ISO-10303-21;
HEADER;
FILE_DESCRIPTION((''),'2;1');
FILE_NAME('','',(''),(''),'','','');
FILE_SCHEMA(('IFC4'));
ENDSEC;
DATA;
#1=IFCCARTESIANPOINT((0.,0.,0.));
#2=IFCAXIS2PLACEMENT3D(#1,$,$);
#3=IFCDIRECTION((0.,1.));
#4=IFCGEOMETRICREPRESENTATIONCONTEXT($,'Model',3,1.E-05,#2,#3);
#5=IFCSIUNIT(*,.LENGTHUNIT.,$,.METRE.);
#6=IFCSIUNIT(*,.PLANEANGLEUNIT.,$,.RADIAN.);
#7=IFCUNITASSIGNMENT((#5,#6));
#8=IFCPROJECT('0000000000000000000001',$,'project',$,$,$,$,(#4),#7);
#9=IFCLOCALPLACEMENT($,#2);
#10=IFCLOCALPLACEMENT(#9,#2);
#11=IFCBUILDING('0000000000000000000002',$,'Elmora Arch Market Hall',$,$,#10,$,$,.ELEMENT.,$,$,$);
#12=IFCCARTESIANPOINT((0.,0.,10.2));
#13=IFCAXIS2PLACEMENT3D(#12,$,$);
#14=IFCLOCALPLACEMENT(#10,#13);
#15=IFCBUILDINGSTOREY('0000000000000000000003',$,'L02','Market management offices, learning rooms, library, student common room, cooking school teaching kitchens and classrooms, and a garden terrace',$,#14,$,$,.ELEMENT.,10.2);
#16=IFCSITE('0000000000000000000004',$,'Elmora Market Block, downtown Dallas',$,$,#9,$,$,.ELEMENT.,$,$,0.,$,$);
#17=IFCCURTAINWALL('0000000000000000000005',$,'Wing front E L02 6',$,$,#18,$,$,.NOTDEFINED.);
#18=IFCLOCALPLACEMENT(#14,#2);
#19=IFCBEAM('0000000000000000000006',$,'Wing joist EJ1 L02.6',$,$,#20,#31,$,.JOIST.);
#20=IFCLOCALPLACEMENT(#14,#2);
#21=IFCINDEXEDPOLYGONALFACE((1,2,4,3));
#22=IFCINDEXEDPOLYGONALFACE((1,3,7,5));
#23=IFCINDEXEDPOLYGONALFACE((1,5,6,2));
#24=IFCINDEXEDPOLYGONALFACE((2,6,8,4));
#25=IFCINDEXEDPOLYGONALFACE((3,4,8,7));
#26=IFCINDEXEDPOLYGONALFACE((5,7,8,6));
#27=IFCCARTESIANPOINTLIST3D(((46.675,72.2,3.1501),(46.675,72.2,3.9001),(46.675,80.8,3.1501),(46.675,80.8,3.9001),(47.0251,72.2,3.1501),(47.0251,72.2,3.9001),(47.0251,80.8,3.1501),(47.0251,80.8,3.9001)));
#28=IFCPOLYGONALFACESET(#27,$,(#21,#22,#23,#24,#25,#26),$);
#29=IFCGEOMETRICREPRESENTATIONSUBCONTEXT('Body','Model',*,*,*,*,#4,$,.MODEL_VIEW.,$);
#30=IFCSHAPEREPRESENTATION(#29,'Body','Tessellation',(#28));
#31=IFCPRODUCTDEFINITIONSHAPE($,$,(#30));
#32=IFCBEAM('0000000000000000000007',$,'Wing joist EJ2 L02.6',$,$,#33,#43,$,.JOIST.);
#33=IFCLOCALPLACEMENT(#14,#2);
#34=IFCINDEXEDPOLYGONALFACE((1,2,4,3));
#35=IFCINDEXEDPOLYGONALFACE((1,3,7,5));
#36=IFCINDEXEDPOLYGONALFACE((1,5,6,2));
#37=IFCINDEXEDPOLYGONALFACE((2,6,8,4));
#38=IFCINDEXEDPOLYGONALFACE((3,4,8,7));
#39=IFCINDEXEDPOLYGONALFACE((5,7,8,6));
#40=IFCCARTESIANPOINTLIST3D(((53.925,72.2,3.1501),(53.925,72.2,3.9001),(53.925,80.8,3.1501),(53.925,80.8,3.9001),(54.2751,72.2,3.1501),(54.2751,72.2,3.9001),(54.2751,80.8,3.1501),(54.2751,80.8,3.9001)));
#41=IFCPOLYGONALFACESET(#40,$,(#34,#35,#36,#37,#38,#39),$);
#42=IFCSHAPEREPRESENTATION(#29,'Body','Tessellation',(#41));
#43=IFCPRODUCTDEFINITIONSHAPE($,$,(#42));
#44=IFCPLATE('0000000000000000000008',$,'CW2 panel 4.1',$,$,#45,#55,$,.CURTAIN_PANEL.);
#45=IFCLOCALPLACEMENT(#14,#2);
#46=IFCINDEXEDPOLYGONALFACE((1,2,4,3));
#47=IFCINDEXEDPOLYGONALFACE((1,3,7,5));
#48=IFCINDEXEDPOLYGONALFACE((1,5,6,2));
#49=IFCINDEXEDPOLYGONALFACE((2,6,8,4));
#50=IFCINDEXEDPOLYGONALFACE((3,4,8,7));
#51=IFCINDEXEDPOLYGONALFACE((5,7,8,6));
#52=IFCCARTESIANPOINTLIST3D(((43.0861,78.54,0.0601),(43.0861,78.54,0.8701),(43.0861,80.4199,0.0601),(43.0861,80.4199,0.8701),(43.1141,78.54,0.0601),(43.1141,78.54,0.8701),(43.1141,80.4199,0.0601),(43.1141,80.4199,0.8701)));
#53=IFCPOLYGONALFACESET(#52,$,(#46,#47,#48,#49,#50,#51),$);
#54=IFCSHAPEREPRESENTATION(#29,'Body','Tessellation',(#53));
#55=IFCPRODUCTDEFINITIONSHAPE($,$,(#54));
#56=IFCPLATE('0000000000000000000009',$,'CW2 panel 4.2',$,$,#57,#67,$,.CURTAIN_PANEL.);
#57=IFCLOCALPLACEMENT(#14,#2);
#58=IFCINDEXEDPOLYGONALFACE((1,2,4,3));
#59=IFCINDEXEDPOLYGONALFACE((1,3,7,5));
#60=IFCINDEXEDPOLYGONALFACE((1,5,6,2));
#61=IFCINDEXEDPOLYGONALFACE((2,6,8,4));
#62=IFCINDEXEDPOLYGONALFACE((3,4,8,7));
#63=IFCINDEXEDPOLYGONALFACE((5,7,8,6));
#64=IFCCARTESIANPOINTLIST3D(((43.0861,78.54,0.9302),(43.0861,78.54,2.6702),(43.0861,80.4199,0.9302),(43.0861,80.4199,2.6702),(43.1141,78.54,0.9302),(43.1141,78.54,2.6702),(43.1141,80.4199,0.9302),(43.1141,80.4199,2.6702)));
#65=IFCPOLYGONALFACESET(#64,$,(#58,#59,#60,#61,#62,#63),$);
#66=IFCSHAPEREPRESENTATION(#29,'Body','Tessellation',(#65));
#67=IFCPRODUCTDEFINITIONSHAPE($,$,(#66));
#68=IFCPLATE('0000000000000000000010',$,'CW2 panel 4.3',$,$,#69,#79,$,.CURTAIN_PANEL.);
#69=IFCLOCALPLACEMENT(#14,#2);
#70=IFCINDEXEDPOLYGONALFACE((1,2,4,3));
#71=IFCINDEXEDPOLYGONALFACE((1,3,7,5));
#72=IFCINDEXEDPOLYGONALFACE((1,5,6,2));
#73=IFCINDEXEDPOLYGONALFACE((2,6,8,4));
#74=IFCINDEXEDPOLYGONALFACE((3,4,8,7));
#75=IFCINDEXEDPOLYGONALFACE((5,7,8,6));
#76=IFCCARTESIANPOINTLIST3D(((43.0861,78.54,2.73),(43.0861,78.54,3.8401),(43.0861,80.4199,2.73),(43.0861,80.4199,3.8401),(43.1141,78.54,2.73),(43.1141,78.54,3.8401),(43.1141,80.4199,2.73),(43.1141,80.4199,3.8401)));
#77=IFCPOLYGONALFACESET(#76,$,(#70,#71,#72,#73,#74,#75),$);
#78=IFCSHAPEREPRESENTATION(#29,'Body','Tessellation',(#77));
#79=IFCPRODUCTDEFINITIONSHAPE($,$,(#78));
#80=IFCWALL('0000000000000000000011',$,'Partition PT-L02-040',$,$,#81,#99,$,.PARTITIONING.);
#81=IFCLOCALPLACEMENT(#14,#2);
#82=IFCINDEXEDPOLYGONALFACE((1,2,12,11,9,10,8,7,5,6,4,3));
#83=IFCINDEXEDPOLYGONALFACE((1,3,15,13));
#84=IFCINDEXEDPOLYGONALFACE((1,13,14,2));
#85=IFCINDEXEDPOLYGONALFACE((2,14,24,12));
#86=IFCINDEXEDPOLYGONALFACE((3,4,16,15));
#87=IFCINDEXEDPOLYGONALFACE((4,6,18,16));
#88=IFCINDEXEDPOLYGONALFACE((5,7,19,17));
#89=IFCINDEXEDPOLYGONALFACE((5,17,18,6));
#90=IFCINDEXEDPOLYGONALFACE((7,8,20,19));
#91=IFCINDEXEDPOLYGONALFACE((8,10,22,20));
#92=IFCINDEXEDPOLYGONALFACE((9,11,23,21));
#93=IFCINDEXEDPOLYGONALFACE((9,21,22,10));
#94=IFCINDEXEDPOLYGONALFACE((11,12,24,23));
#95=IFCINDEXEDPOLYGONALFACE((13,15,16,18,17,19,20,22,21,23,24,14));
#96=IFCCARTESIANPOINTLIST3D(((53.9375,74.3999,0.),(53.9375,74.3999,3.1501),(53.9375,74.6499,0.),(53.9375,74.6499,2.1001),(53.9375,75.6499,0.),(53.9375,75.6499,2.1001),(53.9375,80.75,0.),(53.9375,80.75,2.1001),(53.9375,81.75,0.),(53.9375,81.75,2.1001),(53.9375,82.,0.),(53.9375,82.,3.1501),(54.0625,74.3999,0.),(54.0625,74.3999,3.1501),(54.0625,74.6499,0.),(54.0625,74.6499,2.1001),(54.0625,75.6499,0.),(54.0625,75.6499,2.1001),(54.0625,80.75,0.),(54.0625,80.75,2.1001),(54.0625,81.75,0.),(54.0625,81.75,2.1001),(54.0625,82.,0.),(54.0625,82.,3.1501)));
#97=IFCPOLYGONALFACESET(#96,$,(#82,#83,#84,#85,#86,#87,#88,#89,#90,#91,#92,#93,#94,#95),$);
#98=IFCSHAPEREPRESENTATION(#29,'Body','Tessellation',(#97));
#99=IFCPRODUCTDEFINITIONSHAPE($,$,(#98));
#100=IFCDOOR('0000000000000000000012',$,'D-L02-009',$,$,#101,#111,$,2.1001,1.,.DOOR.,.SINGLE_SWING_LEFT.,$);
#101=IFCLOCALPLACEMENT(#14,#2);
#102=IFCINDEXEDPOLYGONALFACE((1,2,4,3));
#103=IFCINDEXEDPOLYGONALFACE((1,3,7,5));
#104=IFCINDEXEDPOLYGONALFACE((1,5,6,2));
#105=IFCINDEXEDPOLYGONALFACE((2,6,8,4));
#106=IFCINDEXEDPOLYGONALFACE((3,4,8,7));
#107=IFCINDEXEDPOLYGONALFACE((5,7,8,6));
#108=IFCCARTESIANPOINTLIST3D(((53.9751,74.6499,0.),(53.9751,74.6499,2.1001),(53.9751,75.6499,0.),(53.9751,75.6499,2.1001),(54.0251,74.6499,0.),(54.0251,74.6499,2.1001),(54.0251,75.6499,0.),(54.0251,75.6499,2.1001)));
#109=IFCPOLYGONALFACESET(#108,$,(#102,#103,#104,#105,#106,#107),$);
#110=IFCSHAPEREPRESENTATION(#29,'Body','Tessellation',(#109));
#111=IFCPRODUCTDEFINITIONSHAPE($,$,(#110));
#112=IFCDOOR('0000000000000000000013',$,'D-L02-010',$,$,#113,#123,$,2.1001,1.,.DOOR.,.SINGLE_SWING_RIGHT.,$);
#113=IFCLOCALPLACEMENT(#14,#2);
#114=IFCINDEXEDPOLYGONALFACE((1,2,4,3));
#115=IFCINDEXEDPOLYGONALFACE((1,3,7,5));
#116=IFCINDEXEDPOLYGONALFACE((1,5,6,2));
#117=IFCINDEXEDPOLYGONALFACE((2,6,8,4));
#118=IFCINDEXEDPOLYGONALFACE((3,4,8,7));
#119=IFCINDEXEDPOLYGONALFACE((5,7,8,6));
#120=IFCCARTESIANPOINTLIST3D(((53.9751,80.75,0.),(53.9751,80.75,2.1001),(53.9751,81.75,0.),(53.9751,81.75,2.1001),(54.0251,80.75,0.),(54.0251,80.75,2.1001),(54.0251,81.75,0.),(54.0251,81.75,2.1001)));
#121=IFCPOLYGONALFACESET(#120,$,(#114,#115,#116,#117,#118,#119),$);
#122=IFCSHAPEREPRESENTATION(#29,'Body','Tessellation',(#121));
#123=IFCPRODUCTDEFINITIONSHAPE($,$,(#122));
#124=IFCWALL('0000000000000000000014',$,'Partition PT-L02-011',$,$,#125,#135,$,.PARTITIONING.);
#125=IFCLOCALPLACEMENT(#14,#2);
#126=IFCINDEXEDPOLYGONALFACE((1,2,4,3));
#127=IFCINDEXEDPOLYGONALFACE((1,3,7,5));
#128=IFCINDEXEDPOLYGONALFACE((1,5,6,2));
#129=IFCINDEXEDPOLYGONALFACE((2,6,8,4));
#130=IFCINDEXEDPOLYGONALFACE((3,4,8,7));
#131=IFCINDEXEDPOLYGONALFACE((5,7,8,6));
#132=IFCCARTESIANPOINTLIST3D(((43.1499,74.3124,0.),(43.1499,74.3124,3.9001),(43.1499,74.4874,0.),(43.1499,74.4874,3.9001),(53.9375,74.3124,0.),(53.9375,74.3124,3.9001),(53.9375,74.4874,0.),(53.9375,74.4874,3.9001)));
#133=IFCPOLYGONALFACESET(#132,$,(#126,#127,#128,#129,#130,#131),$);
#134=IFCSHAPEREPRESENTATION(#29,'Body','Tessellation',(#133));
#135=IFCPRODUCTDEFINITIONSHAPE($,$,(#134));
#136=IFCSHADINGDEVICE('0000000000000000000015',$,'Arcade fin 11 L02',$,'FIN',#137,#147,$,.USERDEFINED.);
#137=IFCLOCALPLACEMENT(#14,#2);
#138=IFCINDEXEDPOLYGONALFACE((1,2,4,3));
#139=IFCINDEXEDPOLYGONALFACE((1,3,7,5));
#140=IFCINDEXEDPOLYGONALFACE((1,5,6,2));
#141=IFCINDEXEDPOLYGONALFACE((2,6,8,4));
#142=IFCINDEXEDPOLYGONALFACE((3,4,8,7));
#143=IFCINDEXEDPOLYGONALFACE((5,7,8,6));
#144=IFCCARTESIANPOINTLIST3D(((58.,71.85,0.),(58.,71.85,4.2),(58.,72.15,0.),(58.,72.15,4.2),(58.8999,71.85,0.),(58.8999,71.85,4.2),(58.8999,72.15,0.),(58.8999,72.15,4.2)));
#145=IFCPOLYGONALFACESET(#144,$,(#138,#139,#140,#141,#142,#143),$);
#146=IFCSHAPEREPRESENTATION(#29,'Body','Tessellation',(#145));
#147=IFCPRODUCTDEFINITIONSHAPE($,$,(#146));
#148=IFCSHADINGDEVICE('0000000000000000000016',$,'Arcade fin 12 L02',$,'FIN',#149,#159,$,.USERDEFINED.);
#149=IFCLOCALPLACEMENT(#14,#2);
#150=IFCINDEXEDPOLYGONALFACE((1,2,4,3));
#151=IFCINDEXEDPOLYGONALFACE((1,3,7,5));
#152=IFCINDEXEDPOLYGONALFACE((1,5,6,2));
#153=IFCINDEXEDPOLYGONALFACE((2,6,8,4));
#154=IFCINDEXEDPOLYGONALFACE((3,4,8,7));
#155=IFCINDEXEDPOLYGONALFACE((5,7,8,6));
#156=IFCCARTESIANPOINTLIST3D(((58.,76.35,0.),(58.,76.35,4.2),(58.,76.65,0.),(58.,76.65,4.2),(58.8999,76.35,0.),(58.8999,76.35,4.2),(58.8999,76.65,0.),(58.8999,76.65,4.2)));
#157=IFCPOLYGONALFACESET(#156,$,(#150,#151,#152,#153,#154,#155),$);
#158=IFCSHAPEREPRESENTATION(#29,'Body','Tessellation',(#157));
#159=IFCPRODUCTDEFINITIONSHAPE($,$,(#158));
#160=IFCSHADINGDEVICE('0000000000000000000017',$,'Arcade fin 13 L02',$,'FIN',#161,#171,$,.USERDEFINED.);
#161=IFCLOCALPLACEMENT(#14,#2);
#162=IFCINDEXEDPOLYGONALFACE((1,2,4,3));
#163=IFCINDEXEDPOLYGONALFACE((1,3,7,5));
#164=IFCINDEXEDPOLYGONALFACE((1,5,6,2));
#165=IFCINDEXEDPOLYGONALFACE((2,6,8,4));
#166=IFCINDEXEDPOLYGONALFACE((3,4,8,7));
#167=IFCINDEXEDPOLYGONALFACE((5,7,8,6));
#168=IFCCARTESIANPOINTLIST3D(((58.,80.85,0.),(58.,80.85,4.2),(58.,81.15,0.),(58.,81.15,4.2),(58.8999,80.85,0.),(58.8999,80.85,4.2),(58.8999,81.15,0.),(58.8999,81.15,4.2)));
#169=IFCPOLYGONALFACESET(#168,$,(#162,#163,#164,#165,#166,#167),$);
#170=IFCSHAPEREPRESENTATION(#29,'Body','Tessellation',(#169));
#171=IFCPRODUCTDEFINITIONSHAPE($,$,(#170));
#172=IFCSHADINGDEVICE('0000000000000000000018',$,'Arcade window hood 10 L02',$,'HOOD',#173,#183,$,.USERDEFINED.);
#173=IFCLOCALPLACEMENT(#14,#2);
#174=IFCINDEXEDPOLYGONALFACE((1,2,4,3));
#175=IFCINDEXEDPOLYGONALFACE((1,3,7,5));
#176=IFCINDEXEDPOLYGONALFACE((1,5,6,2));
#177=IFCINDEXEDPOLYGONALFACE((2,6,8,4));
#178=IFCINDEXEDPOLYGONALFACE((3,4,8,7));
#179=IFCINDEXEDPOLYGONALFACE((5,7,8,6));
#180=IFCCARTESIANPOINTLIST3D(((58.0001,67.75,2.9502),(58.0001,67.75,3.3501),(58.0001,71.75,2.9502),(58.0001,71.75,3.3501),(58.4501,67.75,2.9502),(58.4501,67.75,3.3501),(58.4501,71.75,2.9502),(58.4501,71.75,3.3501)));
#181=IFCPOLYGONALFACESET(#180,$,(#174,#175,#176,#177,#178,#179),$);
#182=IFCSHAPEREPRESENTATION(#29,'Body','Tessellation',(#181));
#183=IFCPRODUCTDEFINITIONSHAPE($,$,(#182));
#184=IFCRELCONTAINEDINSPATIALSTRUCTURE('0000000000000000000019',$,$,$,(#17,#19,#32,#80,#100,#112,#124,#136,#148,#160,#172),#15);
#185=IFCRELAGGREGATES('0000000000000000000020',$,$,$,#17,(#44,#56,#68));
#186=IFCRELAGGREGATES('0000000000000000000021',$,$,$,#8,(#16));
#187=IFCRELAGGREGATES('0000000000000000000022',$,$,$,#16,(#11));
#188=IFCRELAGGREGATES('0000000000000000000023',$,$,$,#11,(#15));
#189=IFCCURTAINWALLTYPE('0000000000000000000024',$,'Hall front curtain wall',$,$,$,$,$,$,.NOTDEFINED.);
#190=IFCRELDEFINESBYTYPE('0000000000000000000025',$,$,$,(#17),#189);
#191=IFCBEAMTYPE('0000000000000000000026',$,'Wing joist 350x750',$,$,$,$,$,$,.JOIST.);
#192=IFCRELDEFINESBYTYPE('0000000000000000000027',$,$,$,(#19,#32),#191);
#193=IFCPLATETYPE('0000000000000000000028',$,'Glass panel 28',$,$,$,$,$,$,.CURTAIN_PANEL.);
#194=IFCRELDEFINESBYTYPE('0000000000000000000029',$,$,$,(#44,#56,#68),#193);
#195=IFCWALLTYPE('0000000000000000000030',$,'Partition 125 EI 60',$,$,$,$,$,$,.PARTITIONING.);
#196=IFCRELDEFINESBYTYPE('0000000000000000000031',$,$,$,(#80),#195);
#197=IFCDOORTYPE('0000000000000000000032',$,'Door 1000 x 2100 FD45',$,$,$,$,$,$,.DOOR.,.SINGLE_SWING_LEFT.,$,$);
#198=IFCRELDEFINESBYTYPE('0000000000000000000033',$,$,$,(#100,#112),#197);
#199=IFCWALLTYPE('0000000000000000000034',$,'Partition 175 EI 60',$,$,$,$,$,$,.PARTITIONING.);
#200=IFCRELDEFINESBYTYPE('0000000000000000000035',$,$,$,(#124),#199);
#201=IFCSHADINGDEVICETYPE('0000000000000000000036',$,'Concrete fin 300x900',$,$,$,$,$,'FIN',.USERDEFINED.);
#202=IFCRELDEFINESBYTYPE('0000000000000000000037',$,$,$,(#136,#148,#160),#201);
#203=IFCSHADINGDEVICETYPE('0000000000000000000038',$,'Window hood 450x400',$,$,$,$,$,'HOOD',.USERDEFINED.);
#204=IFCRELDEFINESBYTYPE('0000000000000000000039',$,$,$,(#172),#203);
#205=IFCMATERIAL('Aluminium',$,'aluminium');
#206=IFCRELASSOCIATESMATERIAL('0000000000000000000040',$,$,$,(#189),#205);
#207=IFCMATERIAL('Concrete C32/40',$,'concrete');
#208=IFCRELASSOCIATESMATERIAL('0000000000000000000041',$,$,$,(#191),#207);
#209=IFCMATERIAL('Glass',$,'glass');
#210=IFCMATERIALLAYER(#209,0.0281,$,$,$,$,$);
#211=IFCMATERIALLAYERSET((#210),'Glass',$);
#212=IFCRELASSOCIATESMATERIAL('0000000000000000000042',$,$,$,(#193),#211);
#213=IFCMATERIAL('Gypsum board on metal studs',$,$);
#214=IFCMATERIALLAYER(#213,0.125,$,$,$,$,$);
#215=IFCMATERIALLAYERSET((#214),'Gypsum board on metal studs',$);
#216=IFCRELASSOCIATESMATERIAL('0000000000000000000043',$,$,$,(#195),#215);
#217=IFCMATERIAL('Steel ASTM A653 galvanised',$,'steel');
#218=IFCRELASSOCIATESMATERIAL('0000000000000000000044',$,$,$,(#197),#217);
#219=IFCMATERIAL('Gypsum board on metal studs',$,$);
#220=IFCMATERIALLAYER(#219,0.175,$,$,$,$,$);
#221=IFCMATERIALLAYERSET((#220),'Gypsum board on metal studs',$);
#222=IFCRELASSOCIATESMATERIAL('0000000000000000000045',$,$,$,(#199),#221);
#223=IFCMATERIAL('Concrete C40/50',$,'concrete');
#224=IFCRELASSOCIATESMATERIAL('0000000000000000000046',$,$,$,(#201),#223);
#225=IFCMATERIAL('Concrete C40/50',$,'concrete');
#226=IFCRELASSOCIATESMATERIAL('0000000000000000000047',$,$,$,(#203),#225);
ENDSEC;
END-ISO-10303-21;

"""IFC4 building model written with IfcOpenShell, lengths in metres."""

from ifc_helpers import new_model, si_unit, direction, frame, frame_2d, origin, origin_2d, place, context, subcontext, project, spatial, rectangle, extrude, material, layer, layer_set, material_profile, profile_set, type_object, element, fill, aggregate, save


model = new_model("IFC4")

# Units and contexts
model_context = context("Model", 3, precision=1e-05, world=origin(), true_north=direction((0.0, 1.0)))
body_context = subcontext(model_context, "Body", "Model", "MODEL_VIEW")
ifc_project = project(units=[si_unit("LENGTHUNIT", "METRE"), si_unit("PLANEANGLEUNIT", "RADIAN")], contexts=[model_context])

# Site, building, storey
site_placement = place(None, origin())
site = spatial("IfcSite", under=ifc_project, at=site_placement, Name="Elmora Market Block, downtown Dallas", CompositionType="ELEMENT", RefElevation=0.0)
building_placement = place(site_placement, origin())
building = spatial("IfcBuilding", under=site, at=building_placement, Name="Elmora Arch Market Hall", CompositionType="ELEMENT")
storey_placement = place(building_placement, frame((0.0, 0.0, 10.2)))
storey = spatial("IfcBuildingStorey", under=building, at=storey_placement, Name="L02", Description="Market management offices, learning rooms, library, student common room, cooking school teaching kitchens and classrooms, and a garden terrace", CompositionType="ELEMENT", Elevation=10.2)

# Curtain wall
ifc_material_1 = material(Name="Aluminium", Category="aluminium")
curtain_wall_type = type_object("IfcCurtainWallType", Name="Hall front curtain wall", PredefinedType="NOTDEFINED", material=ifc_material_1)
curtain_wall_placement = place(storey_placement, origin())
curtain_wall = element("IfcCurtainWall", 1, at=curtain_wall_placement, inside=storey, type_object=curtain_wall_type, Name="Wing front E L02 6", PredefinedType="NOTDEFINED")

# Beams
ifc_material_2 = material(Name="Concrete C32/40", Category="concrete")
ifc_material_profile_1 = material_profile(ifc_material_2, rectangle(XDim=0.3501, YDim=0.75, at=origin_2d()), Name="Wing joist 350x750")
ifc_profile_set_1 = profile_set([ifc_material_profile_1], Name="Concrete C32/40")
beam_type_1 = type_object("IfcBeamType", Name="Wing joist 350x750", PredefinedType="JOIST", material=ifc_profile_set_1)
for number, where, z_axis, x_axis, name in (
    (2, (46.8501, 72.2, 3.5251), (0.0, 1.0, 0.0), (-1.0, 0.0, 0.0), "Wing joist EJ1 L02.6"),
    (3, (54.1001, 72.2, 3.5251), (0.0, 1.0, 0.0), (-1.0, 0.0, 0.0), "Wing joist EJ2 L02.6"),
):
    element("IfcBeam", number, at=place(storey_placement, frame(where, z_axis=z_axis, x_axis=x_axis)), inside=storey, type_object=beam_type_1, Name=name, PredefinedType="JOIST", context=body_context, shape_type="SweptSolid", body=[
        extrude(rectangle(XDim=0.3501, YDim=0.75, at=origin_2d()), origin(), (0.0, 0.0, 1.0), 8.6001),
    ])

# Plates
ifc_material_3 = material(Name="Glass", Category="glass")
ifc_layer_1 = layer(ifc_material_3, 0.0281)
ifc_layer_set_1 = layer_set([ifc_layer_1], Name="Glass")
plate_type = type_object("IfcPlateType", Name="Glass panel 28", PredefinedType="CURTAIN_PANEL", material=ifc_layer_set_1)
plate_1_placement = place(storey_placement, frame((43.1001, 79.48, 0.0601), z_axis=(0.0, 0.0, 1.0), x_axis=(0.0, 1.0, 0.0)))
plate_1 = element("IfcPlate", 4, at=plate_1_placement, type_object=plate_type, Name="CW2 panel 4.1", PredefinedType="CURTAIN_PANEL", context=body_context, shape_type="SweptSolid", body=[
    extrude(rectangle(XDim=1.8799, YDim=0.0281, at=origin_2d()), origin(), (0.0, 0.0, 1.0), 0.8101),
])
plate_2_placement = place(storey_placement, frame((43.1001, 79.48, 0.9302), z_axis=(0.0, 0.0, 1.0), x_axis=(0.0, 1.0, 0.0)))
plate_2 = element("IfcPlate", 5, at=plate_2_placement, type_object=plate_type, Name="CW2 panel 4.2", PredefinedType="CURTAIN_PANEL", context=body_context, shape_type="SweptSolid", body=[
    extrude(rectangle(XDim=1.8799, YDim=0.0281, at=origin_2d()), origin(), (0.0, 0.0, 1.0), 1.74),
])
plate_3_placement = place(storey_placement, frame((43.1001, 79.48, 2.73), z_axis=(0.0, 0.0, 1.0), x_axis=(0.0, 1.0, 0.0)))
plate_3 = element("IfcPlate", 6, at=plate_3_placement, type_object=plate_type, Name="CW2 panel 4.3", PredefinedType="CURTAIN_PANEL", context=body_context, shape_type="SweptSolid", body=[
    extrude(rectangle(XDim=1.8799, YDim=0.0281, at=origin_2d()), origin(), (0.0, 0.0, 1.0), 1.1101),
])
aggregate(curtain_wall, [plate_1, plate_2, plate_3])

# Wall, openings, doors
ifc_material_4 = material(Name="Gypsum board on metal studs")
ifc_layer_2 = layer(ifc_material_4, 0.125)
ifc_layer_set_2 = layer_set([ifc_layer_2], Name="Gypsum board on metal studs")
wall_type_1 = type_object("IfcWallType", Name="Partition 125 EI 60", PredefinedType="PARTITIONING", material=ifc_layer_set_2)
wall_1_placement = place(storey_placement, frame((54.0, 74.3999, 0.0), z_axis=(0.0, 0.0, 1.0), x_axis=(0.0, 1.0, 0.0)))
wall_1 = element("IfcWall", 7, at=wall_1_placement, inside=storey, type_object=wall_type_1, Name="Partition PT-L02-040", PredefinedType="PARTITIONING", context=body_context, shape_type="SweptSolid", body=[
    extrude(rectangle(XDim=7.6001, YDim=0.125, at=frame_2d((3.8, 0.0))), origin(), (0.0, 0.0, 1.0), 3.1501),
])
opening_1_placement = place(wall_1_placement, frame((0.25, 0.0, 0.0)))
opening_1 = element("IfcOpeningElement", 8, at=opening_1_placement, cuts=wall_1, PredefinedType="OPENING", context=body_context, shape_type="SweptSolid", body=[
    extrude(rectangle(XDim=1.0, YDim=2.1001, at=frame_2d((0.5, 1.05))), frame((0.0, 0.0725, 0.0), z_axis=(0.0, -1.0, 0.0), x_axis=(1.0, 0.0, 0.0)), (0.0, 0.0, 1.0), 0.145),
])
opening_2_placement = place(wall_1_placement, frame((6.3501, 0.0, 0.0)))
opening_2 = element("IfcOpeningElement", 9, at=opening_2_placement, cuts=wall_1, PredefinedType="OPENING", context=body_context, shape_type="SweptSolid", body=[
    extrude(rectangle(XDim=1.0, YDim=2.1001, at=frame_2d((0.5, 1.05))), frame((0.0, 0.0725, 0.0), z_axis=(0.0, -1.0, 0.0), x_axis=(1.0, 0.0, 0.0)), (0.0, 0.0, 1.0), 0.145),
])
ifc_material_5 = material(Name="Steel ASTM A653 galvanised", Category="steel")
door_type = type_object("IfcDoorType", Name="Door 1000 x 2100 FD45", OperationType="SINGLE_SWING_LEFT", PredefinedType="DOOR", material=ifc_material_5)
door_1_placement = place(opening_1_placement, origin())
door_1 = element("IfcDoor", 10, at=door_1_placement, inside=storey, type_object=door_type, Name="D-L02-009", OperationType="SINGLE_SWING_LEFT", OverallHeight=2.1001, OverallWidth=1.0, PredefinedType="DOOR", context=body_context, shape_type="SweptSolid", body=[
    extrude(rectangle(XDim=1.0, YDim=2.1001, at=frame_2d((0.5, 1.05))), frame((0.0, 0.0249, 0.0), z_axis=(0.0, -1.0, 0.0), x_axis=(1.0, 0.0, 0.0)), (0.0, 0.0, 1.0), 0.05),
])
fill(opening_1, door_1)
door_2_placement = place(opening_2_placement, origin())
door_2 = element("IfcDoor", 11, at=door_2_placement, inside=storey, type_object=door_type, Name="D-L02-010", OperationType="SINGLE_SWING_RIGHT", OverallHeight=2.1001, OverallWidth=1.0, PredefinedType="DOOR", context=body_context, shape_type="SweptSolid", body=[
    extrude(rectangle(XDim=1.0, YDim=2.1001, at=frame_2d((0.5, 1.05))), frame((0.0, 0.0249, 0.0), z_axis=(0.0, -1.0, 0.0), x_axis=(1.0, 0.0, 0.0)), (0.0, 0.0, 1.0), 0.05),
])
fill(opening_2, door_2)

# Wall
ifc_material_6 = material(Name="Gypsum board on metal studs")
ifc_layer_3 = layer(ifc_material_6, 0.175)
ifc_layer_set_3 = layer_set([ifc_layer_3], Name="Gypsum board on metal studs")
wall_type_2 = type_object("IfcWallType", Name="Partition 175 EI 60", PredefinedType="PARTITIONING", material=ifc_layer_set_3)
wall_2_placement = place(storey_placement, frame((43.1499, 74.3999, 0.0), z_axis=(0.0, 0.0, 1.0), x_axis=(1.0, 0.0, 0.0)))
element("IfcWall", 12, at=wall_2_placement, inside=storey, type_object=wall_type_2, Name="Partition PT-L02-011", PredefinedType="PARTITIONING", context=body_context, shape_type="SweptSolid", body=[
    extrude(rectangle(XDim=10.7876, YDim=0.175, at=frame_2d((5.3938, 0.0))), origin(), (0.0, 0.0, 1.0), 3.9001),
])

# Shading devices
ifc_material_7 = material(Name="Concrete C40/50", Category="concrete")
shading_device_type_1 = type_object("IfcShadingDeviceType", Name="Concrete fin 300x900", ElementType="FIN", PredefinedType="USERDEFINED", material=ifc_material_7)
for number, where, z_axis, x_axis, name in (
    (13, (58.45, 72.0, 0.0), (0.0, 0.0, 1.0), (1.0, 0.0, 0.0), "Arcade fin 11 L02"),
    (14, (58.45, 76.5, 0.0), (0.0, 0.0, 1.0), (1.0, 0.0, 0.0), "Arcade fin 12 L02"),
    (15, (58.45, 81.0, 0.0), (0.0, 0.0, 1.0), (1.0, 0.0, 0.0), "Arcade fin 13 L02"),
):
    element("IfcShadingDevice", number, at=place(storey_placement, frame(where, z_axis=z_axis, x_axis=x_axis)), inside=storey, type_object=shading_device_type_1, Name=name, ObjectType="FIN", PredefinedType="USERDEFINED", context=body_context, shape_type="SweptSolid", body=[
        extrude(rectangle(XDim=0.8999, YDim=0.3, at=origin_2d()), origin(), (0.0, 0.0, 1.0), 4.2),
    ])
ifc_material_8 = material(Name="Concrete C40/50", Category="concrete")
shading_device_type_2 = type_object("IfcShadingDeviceType", Name="Window hood 450x400", ElementType="HOOD", PredefinedType="USERDEFINED", material=ifc_material_8)
for number, where, z_axis, x_axis, name in (
    (16, (58.2251, 69.75, 2.9502), (0.0, 0.0, 1.0), (1.0, 0.0, 0.0), "Arcade window hood 10 L02"),
):
    element("IfcShadingDevice", number, at=place(storey_placement, frame(where, z_axis=z_axis, x_axis=x_axis)), inside=storey, type_object=shading_device_type_2, Name=name, ObjectType="HOOD", PredefinedType="USERDEFINED", context=body_context, shape_type="SweptSolid", body=[
        extrude(rectangle(XDim=0.45, YDim=4.0, at=origin_2d()), origin(), (0.0, 0.0, 1.0), 0.3999),
    ])

save(model, "model.ifc")
